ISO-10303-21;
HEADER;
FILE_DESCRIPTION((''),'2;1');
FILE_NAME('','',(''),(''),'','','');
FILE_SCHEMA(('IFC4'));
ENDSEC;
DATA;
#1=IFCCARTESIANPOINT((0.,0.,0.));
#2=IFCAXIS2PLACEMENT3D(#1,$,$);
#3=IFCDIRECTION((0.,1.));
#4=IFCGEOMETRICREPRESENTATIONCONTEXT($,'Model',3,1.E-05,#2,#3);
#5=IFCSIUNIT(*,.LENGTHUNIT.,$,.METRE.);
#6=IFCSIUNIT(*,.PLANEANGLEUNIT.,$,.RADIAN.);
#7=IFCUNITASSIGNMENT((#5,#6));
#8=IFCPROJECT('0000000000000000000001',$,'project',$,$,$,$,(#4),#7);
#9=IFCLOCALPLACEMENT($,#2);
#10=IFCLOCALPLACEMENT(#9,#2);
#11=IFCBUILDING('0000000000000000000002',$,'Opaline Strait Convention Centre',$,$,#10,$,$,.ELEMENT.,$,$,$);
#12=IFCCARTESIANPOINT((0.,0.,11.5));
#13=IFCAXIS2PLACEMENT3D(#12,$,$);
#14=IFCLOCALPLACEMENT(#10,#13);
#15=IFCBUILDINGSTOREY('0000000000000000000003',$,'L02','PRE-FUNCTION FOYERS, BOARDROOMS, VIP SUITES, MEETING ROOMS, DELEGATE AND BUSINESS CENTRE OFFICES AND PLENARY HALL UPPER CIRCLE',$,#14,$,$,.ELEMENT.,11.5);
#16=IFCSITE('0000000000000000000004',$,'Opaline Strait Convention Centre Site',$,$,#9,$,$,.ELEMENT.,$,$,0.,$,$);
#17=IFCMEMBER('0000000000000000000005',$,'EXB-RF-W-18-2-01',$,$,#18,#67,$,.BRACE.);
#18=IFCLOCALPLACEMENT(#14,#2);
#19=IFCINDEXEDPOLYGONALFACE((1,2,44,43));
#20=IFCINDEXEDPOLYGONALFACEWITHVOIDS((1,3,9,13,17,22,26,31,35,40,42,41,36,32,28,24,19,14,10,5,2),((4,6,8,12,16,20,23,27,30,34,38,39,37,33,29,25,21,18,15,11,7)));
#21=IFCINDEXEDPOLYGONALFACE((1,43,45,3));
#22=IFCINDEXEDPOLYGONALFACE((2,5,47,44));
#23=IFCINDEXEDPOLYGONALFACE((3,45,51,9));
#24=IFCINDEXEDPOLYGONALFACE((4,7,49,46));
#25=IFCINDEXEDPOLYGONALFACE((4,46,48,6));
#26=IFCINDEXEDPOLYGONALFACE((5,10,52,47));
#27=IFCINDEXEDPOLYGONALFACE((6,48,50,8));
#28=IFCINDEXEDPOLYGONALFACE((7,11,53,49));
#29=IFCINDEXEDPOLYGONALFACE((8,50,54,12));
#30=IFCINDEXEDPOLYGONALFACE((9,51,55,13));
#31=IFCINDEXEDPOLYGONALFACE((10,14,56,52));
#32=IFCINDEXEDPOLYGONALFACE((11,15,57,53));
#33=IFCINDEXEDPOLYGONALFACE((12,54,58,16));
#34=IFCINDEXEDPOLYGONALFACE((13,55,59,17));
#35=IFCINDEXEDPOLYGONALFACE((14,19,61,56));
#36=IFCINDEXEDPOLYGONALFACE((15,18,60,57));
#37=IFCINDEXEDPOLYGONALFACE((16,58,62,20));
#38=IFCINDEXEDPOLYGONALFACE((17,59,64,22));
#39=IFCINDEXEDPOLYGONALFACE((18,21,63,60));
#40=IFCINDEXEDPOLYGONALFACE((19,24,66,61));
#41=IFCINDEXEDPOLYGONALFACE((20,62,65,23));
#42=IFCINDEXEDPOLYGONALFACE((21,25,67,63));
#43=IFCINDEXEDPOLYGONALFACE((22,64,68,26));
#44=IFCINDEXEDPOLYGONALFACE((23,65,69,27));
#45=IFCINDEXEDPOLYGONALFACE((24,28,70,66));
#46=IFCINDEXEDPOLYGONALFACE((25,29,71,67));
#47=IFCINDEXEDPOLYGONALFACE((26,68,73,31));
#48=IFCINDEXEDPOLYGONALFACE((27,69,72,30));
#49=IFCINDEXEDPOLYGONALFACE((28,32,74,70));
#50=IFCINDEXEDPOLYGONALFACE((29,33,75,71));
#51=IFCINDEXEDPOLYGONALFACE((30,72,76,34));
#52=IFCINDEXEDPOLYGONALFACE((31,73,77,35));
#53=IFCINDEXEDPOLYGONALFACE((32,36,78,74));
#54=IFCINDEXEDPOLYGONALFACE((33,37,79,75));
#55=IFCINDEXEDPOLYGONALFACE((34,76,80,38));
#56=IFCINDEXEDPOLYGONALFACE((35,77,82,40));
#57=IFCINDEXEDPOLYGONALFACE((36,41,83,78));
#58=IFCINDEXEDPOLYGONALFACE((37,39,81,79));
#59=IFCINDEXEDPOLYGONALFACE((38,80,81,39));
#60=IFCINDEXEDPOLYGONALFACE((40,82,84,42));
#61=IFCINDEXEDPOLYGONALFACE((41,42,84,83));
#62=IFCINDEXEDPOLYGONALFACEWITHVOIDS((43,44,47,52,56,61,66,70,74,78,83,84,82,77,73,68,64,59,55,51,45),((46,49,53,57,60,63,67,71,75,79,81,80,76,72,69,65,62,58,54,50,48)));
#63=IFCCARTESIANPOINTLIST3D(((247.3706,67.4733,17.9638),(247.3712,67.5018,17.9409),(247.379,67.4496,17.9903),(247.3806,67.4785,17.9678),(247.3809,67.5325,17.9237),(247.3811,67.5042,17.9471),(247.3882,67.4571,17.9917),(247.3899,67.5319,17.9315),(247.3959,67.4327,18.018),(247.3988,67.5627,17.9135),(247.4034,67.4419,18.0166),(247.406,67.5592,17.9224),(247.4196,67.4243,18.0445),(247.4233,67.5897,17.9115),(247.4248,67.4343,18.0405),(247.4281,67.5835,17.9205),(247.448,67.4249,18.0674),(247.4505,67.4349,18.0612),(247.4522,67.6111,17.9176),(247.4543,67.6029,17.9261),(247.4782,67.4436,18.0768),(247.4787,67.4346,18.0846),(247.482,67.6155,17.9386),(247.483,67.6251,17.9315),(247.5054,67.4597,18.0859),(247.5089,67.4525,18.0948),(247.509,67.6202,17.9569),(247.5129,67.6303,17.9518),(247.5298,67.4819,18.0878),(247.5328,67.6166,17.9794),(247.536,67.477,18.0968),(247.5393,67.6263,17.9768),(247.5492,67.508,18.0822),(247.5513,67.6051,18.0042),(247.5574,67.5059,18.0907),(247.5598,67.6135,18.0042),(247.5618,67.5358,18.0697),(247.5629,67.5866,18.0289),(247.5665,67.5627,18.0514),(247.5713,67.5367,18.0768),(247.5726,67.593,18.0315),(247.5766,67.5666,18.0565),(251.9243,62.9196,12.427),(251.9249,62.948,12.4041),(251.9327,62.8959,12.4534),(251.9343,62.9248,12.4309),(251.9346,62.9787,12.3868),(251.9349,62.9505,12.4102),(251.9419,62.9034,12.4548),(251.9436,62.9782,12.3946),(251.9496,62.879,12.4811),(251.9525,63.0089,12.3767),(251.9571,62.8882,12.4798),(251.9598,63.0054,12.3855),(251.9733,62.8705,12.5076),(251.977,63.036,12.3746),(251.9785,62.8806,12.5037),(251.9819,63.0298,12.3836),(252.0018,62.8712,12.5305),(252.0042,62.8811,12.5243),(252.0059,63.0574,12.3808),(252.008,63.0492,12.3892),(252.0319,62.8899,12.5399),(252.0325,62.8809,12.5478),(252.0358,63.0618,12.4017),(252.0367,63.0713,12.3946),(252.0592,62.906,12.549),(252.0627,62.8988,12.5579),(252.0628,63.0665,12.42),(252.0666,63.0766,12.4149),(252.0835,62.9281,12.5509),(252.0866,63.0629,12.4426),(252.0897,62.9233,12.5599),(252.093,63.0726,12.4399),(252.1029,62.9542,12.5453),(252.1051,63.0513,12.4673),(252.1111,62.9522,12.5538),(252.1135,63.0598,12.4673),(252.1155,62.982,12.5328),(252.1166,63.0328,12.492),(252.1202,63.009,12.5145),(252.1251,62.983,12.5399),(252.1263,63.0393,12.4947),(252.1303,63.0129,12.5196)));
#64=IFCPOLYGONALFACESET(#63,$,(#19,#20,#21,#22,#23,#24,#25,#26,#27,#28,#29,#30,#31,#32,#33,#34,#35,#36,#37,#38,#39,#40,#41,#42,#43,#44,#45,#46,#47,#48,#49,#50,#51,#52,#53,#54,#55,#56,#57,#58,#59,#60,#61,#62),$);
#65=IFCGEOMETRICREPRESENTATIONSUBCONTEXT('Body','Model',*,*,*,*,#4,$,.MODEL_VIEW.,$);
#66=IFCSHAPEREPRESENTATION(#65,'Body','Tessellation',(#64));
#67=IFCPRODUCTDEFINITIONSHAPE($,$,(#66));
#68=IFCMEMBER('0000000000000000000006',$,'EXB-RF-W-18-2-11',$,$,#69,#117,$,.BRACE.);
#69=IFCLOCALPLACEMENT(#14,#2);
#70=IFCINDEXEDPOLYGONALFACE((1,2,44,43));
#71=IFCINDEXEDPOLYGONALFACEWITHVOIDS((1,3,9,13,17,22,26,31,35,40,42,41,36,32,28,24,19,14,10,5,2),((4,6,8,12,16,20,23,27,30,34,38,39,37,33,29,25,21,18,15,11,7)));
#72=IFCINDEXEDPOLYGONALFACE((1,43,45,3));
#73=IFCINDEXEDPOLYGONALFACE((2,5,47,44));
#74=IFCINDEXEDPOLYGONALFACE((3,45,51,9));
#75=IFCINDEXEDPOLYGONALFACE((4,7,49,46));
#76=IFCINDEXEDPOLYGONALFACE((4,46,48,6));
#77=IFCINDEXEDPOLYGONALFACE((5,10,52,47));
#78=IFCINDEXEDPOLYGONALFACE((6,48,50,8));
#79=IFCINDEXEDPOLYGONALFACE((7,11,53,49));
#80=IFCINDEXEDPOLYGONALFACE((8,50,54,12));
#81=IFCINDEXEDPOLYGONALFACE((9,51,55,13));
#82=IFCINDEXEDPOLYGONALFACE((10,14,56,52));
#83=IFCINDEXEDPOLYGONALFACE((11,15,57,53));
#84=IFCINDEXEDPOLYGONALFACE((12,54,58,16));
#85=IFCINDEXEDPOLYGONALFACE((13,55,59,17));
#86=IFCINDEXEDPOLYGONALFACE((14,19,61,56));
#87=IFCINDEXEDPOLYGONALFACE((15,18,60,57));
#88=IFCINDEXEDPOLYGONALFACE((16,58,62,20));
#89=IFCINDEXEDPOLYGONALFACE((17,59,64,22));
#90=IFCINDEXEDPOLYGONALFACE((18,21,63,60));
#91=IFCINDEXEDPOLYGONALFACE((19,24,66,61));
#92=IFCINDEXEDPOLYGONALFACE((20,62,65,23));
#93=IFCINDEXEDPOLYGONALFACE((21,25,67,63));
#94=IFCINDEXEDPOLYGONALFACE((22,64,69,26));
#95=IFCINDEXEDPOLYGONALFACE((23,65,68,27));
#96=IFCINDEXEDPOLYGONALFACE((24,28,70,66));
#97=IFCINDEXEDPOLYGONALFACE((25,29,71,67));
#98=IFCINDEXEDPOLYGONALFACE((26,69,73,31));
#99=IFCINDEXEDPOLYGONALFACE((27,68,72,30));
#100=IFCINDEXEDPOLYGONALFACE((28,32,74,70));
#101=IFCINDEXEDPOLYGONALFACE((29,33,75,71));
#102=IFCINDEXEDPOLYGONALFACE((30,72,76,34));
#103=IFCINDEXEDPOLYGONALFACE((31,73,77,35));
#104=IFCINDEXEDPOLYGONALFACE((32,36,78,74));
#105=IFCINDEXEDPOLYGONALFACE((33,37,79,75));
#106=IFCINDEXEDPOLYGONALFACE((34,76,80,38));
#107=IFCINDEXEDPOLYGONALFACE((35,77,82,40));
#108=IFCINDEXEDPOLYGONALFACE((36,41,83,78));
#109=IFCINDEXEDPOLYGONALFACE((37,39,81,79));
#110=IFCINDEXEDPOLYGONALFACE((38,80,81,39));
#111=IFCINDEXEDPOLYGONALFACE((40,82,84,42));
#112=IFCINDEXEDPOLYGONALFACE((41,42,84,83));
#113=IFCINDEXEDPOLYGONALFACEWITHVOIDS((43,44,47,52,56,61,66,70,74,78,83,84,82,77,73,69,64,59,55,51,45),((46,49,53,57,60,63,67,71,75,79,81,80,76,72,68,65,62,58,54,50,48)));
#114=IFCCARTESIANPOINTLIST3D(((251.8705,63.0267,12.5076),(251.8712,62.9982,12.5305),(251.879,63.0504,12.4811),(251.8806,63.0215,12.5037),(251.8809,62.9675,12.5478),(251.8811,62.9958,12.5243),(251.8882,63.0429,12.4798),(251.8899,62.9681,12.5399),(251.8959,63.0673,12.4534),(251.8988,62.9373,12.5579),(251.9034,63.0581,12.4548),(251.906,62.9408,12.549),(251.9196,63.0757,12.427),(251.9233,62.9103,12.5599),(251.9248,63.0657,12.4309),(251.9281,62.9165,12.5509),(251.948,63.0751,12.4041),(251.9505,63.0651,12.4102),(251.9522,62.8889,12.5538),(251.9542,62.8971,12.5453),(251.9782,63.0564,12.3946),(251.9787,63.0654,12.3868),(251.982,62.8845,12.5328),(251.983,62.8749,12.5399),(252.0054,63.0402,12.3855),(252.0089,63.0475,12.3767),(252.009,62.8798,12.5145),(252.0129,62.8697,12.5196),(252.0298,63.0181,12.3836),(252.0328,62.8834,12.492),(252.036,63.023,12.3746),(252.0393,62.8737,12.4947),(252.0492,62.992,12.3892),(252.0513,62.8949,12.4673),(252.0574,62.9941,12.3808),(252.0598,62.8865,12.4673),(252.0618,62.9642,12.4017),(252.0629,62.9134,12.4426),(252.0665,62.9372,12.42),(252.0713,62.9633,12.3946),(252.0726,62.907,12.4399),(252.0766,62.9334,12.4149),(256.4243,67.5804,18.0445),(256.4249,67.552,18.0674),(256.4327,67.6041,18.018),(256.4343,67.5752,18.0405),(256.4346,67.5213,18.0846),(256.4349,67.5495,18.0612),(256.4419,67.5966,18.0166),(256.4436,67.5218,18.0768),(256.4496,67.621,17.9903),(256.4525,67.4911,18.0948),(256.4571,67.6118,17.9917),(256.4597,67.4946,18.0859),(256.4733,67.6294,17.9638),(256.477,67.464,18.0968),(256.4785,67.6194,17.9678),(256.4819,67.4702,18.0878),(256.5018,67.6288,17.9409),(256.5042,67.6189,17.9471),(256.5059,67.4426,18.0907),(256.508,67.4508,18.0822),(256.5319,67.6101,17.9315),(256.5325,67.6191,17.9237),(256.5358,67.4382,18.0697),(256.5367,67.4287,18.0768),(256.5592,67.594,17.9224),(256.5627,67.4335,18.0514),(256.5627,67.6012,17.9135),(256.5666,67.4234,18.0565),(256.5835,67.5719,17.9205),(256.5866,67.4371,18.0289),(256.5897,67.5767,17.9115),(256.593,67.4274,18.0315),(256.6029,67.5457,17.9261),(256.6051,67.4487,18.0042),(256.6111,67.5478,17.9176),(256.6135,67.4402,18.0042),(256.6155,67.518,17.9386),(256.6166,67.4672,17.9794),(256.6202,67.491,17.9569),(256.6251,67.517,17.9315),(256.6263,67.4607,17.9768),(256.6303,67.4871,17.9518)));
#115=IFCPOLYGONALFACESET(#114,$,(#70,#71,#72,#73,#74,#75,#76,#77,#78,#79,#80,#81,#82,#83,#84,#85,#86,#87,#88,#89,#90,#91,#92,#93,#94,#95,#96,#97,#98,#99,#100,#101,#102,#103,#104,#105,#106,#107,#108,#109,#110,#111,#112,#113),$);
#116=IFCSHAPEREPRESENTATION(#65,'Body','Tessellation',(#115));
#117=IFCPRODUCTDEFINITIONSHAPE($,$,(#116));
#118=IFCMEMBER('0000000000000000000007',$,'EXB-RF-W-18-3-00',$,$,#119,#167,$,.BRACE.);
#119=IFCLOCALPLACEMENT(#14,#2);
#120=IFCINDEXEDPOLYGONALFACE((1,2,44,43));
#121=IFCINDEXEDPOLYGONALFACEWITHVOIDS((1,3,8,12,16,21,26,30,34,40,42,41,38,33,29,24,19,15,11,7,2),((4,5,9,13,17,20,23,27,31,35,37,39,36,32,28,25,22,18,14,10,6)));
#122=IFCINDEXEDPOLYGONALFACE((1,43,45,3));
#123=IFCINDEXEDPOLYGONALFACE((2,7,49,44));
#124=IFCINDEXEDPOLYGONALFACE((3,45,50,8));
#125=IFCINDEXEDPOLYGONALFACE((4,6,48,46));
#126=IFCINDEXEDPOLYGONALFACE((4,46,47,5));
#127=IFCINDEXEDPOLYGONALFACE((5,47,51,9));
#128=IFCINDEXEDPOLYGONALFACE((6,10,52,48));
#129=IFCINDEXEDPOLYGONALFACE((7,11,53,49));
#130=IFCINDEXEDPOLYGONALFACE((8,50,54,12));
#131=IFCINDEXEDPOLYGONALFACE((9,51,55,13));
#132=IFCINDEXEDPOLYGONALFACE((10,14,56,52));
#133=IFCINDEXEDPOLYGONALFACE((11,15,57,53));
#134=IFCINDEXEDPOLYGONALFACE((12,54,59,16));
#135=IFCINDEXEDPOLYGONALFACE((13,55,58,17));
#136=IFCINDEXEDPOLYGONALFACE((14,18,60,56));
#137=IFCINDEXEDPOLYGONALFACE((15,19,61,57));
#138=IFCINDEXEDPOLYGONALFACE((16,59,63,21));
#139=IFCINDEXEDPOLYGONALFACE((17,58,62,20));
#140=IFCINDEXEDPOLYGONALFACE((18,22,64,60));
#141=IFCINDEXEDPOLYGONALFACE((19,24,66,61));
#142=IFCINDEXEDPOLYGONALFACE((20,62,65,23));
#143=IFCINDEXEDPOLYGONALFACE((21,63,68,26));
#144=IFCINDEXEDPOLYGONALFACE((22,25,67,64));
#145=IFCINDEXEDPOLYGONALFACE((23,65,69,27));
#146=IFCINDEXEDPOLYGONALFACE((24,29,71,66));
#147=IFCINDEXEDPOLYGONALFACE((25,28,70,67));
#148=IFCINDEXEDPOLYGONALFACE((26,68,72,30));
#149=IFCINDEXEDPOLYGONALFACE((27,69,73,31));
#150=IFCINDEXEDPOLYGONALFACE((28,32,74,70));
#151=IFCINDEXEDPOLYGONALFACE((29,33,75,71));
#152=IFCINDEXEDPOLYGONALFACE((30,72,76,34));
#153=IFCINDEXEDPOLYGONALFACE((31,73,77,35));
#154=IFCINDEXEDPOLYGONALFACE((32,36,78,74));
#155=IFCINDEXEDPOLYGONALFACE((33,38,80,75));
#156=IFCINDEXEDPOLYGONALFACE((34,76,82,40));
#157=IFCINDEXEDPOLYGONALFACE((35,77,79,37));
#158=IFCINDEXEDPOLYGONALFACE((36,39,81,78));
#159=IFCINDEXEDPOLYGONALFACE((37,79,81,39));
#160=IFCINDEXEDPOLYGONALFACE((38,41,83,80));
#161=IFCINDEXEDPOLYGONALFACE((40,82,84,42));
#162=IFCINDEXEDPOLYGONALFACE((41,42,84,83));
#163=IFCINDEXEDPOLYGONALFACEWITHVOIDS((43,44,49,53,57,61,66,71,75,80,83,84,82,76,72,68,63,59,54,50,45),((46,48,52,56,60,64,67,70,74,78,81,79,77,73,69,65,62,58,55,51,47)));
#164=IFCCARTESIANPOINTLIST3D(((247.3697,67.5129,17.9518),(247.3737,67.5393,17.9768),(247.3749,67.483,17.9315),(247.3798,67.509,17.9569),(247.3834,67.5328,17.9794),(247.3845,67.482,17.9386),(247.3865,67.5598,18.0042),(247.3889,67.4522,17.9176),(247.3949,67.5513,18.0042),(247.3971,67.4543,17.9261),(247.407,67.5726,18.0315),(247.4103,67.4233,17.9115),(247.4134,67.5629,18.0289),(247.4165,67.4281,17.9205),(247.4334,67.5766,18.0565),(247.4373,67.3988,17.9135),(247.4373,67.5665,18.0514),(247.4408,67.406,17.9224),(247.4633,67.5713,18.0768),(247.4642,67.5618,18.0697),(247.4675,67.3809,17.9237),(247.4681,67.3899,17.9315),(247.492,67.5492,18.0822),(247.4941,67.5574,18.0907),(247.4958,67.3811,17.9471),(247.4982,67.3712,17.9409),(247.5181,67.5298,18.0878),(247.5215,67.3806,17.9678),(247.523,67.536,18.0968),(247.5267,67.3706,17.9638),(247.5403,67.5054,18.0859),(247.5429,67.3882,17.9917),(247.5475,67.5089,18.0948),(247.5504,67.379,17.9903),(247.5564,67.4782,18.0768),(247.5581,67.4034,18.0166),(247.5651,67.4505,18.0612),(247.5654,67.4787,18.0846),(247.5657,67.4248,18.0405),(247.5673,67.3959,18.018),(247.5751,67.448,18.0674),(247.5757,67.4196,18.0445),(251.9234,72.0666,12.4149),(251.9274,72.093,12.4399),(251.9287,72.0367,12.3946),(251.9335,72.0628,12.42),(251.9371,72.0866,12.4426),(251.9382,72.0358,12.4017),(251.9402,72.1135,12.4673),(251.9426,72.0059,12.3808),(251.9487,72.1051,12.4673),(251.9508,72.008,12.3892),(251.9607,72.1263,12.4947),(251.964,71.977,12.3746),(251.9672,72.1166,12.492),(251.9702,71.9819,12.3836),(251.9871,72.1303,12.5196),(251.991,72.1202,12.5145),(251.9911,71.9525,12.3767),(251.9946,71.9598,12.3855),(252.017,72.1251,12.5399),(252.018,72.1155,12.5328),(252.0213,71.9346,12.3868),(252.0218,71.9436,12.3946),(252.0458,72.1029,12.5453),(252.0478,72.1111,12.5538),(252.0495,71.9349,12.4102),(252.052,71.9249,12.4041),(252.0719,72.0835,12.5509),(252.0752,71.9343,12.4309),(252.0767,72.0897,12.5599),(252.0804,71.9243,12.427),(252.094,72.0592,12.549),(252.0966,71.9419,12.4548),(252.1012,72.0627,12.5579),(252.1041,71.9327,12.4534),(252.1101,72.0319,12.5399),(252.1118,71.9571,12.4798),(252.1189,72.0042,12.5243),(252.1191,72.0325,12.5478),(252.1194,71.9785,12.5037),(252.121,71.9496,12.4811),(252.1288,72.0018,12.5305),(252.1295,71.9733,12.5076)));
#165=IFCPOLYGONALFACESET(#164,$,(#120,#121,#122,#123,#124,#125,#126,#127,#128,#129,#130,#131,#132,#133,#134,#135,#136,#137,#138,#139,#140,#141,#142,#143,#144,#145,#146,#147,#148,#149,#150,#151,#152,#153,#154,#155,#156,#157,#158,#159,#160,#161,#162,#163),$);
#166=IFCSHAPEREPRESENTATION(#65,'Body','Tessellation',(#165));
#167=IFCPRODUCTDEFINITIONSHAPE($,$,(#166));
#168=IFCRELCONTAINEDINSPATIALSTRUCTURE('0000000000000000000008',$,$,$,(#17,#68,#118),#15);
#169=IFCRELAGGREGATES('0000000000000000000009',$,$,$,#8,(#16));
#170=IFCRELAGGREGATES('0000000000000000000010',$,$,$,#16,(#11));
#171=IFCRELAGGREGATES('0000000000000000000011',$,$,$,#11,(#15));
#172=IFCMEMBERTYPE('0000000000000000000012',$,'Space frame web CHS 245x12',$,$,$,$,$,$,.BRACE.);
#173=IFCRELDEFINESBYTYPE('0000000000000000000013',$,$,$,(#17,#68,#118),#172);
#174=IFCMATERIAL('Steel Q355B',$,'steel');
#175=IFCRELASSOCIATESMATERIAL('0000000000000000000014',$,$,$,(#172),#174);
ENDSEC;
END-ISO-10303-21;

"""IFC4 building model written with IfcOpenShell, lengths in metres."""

from ifc_helpers import new_model, si_unit, direction, frame, origin, origin_2d, place, context, subcontext, project, spatial, hollow_circle, extrude, material, material_profile, profile_set, type_object, element, save


model = new_model("IFC4")

# Units and contexts
model_context = context("Model", 3, precision=1e-05, world=origin(), true_north=direction((0.0, 1.0)))
body_context = subcontext(model_context, "Body", "Model", "MODEL_VIEW")
ifc_project = project(units=[si_unit("LENGTHUNIT", "METRE"), si_unit("PLANEANGLEUNIT", "RADIAN")], contexts=[model_context])

# Site, building, storey
site_placement = place(None, origin())
site = spatial("IfcSite", under=ifc_project, at=site_placement, Name="Opaline Strait Convention Centre Site", CompositionType="ELEMENT", RefElevation=0.0)
building_placement = place(site_placement, origin())
building = spatial("IfcBuilding", under=site, at=building_placement, Name="Opaline Strait Convention Centre", CompositionType="ELEMENT")
storey_placement = place(building_placement, frame((0.0, 0.0, 11.5)))
storey = spatial("IfcBuildingStorey", under=building, at=storey_placement, Name="L02", Description="PRE-FUNCTION FOYERS, BOARDROOMS, VIP SUITES, MEETING ROOMS, DELEGATE AND BUSINESS CENTRE OFFICES AND PLENARY HALL UPPER CIRCLE", CompositionType="ELEMENT", Elevation=11.5)

# Members
ifc_material_1 = material(Name="Steel Q355B", Category="steel")
ifc_material_profile_1 = material_profile(ifc_material_1, hollow_circle(Radius=0.1226, WallThickness=0.012, at=origin_2d()), Name="CHS 245x12")
ifc_profile_set_1 = profile_set([ifc_material_profile_1], Name="Steel Q355B")
member_type_1 = type_object("IfcMemberType", Name="Space frame web CHS 245x12", PredefinedType="BRACE", material=ifc_profile_set_1)
for number, where, z_axis, x_axis, name in (
    (1, (247.4731, 67.5269, 18.0042), (0.536178, -0.536178, -0.65194), (0.707107, 0.707107, 0.0), "EXB-RF-W-18-2-01"),
    (2, (256.5269, 67.5269, 18.0042), (-0.536178, -0.536178, -0.65194), (0.707107, -0.707107, 0.0), "EXB-RF-W-18-2-11"),
    (3, (247.4731, 67.4731, 18.0042), (0.536178, 0.536178, -0.65194), (-0.707107, 0.707107, 0.0), "EXB-RF-W-18-3-00"),
):
    element("IfcMember", number, at=place(storey_placement, frame(where, z_axis=z_axis, x_axis=x_axis)), inside=storey, type_object=member_type_1, Name=name, PredefinedType="BRACE", context=body_context, shape_type="SweptSolid", body=[
        extrude(hollow_circle(Radius=0.1226, WallThickness=0.012, at=origin_2d()), origin(), (0.0, 0.0, 1.0), 8.4929),
    ])

save(model, "model.ifc")
